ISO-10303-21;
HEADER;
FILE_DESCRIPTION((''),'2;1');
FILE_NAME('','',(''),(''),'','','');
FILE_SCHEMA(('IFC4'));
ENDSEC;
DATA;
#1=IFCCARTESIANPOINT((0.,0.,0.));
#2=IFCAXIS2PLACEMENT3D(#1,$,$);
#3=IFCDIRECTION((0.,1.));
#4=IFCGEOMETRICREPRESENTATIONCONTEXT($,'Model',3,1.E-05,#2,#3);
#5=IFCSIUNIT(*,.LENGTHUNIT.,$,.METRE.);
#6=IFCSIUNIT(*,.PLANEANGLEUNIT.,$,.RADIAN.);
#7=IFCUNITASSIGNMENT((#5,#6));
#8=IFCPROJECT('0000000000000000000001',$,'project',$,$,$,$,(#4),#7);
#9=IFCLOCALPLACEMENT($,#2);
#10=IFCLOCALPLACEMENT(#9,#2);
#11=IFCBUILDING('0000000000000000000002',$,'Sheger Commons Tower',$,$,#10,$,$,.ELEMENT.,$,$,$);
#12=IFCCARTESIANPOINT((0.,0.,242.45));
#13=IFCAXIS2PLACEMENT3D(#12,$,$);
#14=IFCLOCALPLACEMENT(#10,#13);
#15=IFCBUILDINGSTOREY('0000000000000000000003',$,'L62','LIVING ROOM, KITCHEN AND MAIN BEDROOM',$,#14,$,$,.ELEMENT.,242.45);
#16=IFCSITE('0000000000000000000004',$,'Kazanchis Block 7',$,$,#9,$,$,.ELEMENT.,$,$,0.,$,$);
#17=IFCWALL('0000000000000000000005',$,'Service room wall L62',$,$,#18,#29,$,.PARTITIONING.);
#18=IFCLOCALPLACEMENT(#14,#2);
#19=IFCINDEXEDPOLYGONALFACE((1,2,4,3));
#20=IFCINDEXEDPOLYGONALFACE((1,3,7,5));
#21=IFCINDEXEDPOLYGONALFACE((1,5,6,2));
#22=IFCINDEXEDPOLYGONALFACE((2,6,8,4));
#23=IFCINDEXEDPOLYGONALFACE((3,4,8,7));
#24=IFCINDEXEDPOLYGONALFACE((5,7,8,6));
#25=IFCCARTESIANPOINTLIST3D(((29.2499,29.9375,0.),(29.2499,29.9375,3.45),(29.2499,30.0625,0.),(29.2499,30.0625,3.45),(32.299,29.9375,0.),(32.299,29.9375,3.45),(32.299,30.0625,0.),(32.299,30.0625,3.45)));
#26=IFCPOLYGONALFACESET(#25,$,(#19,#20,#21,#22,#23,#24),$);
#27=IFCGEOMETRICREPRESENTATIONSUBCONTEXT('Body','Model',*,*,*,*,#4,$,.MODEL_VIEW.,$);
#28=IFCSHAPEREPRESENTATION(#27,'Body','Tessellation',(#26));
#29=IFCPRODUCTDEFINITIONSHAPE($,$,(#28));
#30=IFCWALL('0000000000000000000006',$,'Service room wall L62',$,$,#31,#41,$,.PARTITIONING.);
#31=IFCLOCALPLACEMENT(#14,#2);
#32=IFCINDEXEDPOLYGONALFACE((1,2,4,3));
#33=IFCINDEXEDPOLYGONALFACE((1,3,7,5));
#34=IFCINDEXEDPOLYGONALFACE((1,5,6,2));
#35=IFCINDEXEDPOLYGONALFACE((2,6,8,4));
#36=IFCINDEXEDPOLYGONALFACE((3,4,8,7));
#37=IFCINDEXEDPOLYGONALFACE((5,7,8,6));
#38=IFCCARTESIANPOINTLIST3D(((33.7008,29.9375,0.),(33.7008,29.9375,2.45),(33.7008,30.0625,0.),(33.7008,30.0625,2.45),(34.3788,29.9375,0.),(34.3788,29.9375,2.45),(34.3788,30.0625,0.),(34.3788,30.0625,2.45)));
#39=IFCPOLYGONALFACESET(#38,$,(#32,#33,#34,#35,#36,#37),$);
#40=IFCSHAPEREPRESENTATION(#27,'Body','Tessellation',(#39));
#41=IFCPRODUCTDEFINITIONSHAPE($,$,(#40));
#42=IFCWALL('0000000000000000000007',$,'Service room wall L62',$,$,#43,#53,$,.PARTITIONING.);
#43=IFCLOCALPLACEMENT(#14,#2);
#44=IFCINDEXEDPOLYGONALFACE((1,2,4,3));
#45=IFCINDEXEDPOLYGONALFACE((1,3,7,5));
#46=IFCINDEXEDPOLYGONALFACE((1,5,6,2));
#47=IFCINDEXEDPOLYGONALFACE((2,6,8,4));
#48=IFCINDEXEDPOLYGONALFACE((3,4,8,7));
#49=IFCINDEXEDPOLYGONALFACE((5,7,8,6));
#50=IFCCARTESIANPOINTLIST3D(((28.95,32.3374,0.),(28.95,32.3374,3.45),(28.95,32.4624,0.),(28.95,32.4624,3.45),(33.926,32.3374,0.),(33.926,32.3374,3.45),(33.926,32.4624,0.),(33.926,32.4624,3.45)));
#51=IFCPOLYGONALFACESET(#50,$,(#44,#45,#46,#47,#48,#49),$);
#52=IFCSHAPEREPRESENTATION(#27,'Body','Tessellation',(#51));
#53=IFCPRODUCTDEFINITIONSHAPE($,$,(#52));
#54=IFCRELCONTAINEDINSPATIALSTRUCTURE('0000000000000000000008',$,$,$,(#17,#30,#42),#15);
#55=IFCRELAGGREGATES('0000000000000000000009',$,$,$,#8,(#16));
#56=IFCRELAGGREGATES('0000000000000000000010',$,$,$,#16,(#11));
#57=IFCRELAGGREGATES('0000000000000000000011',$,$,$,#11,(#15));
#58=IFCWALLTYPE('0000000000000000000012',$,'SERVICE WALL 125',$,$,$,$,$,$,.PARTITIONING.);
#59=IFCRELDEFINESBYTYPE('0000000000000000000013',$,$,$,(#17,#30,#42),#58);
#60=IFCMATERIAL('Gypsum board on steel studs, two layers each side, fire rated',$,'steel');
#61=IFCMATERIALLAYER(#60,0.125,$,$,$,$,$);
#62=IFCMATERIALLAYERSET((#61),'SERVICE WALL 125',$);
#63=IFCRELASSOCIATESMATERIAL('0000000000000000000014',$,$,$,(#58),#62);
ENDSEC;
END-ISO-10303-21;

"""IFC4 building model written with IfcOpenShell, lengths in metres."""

from ifc_helpers import new_model, si_unit, direction, frame, frame_2d, origin, place, context, subcontext, project, spatial, rectangle, extrude, material, layer, layer_set, type_object, element, save


model = new_model("IFC4")

# Units and contexts
model_context = context("Model", 3, precision=1e-05, world=origin(), true_north=direction((0.0, 1.0)))
body_context = subcontext(model_context, "Body", "Model", "MODEL_VIEW")
ifc_project = project(units=[si_unit("LENGTHUNIT", "METRE"), si_unit("PLANEANGLEUNIT", "RADIAN")], contexts=[model_context])

# Site, building, storey
site_placement = place(None, origin())
site = spatial("IfcSite", under=ifc_project, at=site_placement, Name="Kazanchis Block 7", CompositionType="ELEMENT", RefElevation=0.0)
building_placement = place(site_placement, origin())
building = spatial("IfcBuilding", under=site, at=building_placement, Name="Sheger Commons Tower", CompositionType="ELEMENT")
storey_placement = place(building_placement, frame((0.0, 0.0, 242.45)))
storey = spatial("IfcBuildingStorey", under=building, at=storey_placement, Name="L62", Description="LIVING ROOM, KITCHEN AND MAIN BEDROOM", CompositionType="ELEMENT", Elevation=242.45)

# Walls
ifc_material_1 = material(Name="Gypsum board on steel studs, two layers each side, fire rated", Category="steel")
ifc_layer_1 = layer(ifc_material_1, 0.125)
ifc_layer_set_1 = layer_set([ifc_layer_1], Name="SERVICE WALL 125")
wall_type_1 = type_object("IfcWallType", Name="SERVICE WALL 125", PredefinedType="PARTITIONING", material=ifc_layer_set_1)
wall_1_placement = place(storey_placement, frame((29.25, 30.0, 0.0), z_axis=(0.0, 0.0, 1.0), x_axis=(1.0, 0.0, 0.0)))
element("IfcWall", 1, at=wall_1_placement, inside=storey, type_object=wall_type_1, Name="Service room wall L62", PredefinedType="PARTITIONING", context=body_context, shape_type="SweptSolid", body=[
    extrude(rectangle(XDim=3.0491, YDim=0.125, at=frame_2d((1.5244, 0.0))), origin(), (0.0, 0.0, 1.0), 3.45),
])
wall_2_placement = place(storey_placement, frame((33.7009, 30.0, 0.0), z_axis=(0.0, 0.0, 1.0), x_axis=(1.0, 0.0, 0.0)))
element("IfcWall", 2, at=wall_2_placement, inside=storey, type_object=wall_type_1, Name="Service room wall L62", PredefinedType="PARTITIONING", context=body_context, shape_type="SweptSolid", body=[
    extrude(rectangle(XDim=0.678, YDim=0.125, at=frame_2d((0.3389, 0.0))), origin(), (0.0, 0.0, 1.0), 2.45),
])
wall_3_placement = place(storey_placement, frame((28.95, 32.3999, 0.0), z_axis=(0.0, 0.0, 1.0), x_axis=(1.0, 0.0, 0.0)))
element("IfcWall", 3, at=wall_3_placement, inside=storey, type_object=wall_type_1, Name="Service room wall L62", PredefinedType="PARTITIONING", context=body_context, shape_type="SweptSolid", body=[
    extrude(rectangle(XDim=4.9761, YDim=0.125, at=frame_2d((2.488, 0.0))), origin(), (0.0, 0.0, 1.0), 3.45),
])

save(model, "model.ifc")
